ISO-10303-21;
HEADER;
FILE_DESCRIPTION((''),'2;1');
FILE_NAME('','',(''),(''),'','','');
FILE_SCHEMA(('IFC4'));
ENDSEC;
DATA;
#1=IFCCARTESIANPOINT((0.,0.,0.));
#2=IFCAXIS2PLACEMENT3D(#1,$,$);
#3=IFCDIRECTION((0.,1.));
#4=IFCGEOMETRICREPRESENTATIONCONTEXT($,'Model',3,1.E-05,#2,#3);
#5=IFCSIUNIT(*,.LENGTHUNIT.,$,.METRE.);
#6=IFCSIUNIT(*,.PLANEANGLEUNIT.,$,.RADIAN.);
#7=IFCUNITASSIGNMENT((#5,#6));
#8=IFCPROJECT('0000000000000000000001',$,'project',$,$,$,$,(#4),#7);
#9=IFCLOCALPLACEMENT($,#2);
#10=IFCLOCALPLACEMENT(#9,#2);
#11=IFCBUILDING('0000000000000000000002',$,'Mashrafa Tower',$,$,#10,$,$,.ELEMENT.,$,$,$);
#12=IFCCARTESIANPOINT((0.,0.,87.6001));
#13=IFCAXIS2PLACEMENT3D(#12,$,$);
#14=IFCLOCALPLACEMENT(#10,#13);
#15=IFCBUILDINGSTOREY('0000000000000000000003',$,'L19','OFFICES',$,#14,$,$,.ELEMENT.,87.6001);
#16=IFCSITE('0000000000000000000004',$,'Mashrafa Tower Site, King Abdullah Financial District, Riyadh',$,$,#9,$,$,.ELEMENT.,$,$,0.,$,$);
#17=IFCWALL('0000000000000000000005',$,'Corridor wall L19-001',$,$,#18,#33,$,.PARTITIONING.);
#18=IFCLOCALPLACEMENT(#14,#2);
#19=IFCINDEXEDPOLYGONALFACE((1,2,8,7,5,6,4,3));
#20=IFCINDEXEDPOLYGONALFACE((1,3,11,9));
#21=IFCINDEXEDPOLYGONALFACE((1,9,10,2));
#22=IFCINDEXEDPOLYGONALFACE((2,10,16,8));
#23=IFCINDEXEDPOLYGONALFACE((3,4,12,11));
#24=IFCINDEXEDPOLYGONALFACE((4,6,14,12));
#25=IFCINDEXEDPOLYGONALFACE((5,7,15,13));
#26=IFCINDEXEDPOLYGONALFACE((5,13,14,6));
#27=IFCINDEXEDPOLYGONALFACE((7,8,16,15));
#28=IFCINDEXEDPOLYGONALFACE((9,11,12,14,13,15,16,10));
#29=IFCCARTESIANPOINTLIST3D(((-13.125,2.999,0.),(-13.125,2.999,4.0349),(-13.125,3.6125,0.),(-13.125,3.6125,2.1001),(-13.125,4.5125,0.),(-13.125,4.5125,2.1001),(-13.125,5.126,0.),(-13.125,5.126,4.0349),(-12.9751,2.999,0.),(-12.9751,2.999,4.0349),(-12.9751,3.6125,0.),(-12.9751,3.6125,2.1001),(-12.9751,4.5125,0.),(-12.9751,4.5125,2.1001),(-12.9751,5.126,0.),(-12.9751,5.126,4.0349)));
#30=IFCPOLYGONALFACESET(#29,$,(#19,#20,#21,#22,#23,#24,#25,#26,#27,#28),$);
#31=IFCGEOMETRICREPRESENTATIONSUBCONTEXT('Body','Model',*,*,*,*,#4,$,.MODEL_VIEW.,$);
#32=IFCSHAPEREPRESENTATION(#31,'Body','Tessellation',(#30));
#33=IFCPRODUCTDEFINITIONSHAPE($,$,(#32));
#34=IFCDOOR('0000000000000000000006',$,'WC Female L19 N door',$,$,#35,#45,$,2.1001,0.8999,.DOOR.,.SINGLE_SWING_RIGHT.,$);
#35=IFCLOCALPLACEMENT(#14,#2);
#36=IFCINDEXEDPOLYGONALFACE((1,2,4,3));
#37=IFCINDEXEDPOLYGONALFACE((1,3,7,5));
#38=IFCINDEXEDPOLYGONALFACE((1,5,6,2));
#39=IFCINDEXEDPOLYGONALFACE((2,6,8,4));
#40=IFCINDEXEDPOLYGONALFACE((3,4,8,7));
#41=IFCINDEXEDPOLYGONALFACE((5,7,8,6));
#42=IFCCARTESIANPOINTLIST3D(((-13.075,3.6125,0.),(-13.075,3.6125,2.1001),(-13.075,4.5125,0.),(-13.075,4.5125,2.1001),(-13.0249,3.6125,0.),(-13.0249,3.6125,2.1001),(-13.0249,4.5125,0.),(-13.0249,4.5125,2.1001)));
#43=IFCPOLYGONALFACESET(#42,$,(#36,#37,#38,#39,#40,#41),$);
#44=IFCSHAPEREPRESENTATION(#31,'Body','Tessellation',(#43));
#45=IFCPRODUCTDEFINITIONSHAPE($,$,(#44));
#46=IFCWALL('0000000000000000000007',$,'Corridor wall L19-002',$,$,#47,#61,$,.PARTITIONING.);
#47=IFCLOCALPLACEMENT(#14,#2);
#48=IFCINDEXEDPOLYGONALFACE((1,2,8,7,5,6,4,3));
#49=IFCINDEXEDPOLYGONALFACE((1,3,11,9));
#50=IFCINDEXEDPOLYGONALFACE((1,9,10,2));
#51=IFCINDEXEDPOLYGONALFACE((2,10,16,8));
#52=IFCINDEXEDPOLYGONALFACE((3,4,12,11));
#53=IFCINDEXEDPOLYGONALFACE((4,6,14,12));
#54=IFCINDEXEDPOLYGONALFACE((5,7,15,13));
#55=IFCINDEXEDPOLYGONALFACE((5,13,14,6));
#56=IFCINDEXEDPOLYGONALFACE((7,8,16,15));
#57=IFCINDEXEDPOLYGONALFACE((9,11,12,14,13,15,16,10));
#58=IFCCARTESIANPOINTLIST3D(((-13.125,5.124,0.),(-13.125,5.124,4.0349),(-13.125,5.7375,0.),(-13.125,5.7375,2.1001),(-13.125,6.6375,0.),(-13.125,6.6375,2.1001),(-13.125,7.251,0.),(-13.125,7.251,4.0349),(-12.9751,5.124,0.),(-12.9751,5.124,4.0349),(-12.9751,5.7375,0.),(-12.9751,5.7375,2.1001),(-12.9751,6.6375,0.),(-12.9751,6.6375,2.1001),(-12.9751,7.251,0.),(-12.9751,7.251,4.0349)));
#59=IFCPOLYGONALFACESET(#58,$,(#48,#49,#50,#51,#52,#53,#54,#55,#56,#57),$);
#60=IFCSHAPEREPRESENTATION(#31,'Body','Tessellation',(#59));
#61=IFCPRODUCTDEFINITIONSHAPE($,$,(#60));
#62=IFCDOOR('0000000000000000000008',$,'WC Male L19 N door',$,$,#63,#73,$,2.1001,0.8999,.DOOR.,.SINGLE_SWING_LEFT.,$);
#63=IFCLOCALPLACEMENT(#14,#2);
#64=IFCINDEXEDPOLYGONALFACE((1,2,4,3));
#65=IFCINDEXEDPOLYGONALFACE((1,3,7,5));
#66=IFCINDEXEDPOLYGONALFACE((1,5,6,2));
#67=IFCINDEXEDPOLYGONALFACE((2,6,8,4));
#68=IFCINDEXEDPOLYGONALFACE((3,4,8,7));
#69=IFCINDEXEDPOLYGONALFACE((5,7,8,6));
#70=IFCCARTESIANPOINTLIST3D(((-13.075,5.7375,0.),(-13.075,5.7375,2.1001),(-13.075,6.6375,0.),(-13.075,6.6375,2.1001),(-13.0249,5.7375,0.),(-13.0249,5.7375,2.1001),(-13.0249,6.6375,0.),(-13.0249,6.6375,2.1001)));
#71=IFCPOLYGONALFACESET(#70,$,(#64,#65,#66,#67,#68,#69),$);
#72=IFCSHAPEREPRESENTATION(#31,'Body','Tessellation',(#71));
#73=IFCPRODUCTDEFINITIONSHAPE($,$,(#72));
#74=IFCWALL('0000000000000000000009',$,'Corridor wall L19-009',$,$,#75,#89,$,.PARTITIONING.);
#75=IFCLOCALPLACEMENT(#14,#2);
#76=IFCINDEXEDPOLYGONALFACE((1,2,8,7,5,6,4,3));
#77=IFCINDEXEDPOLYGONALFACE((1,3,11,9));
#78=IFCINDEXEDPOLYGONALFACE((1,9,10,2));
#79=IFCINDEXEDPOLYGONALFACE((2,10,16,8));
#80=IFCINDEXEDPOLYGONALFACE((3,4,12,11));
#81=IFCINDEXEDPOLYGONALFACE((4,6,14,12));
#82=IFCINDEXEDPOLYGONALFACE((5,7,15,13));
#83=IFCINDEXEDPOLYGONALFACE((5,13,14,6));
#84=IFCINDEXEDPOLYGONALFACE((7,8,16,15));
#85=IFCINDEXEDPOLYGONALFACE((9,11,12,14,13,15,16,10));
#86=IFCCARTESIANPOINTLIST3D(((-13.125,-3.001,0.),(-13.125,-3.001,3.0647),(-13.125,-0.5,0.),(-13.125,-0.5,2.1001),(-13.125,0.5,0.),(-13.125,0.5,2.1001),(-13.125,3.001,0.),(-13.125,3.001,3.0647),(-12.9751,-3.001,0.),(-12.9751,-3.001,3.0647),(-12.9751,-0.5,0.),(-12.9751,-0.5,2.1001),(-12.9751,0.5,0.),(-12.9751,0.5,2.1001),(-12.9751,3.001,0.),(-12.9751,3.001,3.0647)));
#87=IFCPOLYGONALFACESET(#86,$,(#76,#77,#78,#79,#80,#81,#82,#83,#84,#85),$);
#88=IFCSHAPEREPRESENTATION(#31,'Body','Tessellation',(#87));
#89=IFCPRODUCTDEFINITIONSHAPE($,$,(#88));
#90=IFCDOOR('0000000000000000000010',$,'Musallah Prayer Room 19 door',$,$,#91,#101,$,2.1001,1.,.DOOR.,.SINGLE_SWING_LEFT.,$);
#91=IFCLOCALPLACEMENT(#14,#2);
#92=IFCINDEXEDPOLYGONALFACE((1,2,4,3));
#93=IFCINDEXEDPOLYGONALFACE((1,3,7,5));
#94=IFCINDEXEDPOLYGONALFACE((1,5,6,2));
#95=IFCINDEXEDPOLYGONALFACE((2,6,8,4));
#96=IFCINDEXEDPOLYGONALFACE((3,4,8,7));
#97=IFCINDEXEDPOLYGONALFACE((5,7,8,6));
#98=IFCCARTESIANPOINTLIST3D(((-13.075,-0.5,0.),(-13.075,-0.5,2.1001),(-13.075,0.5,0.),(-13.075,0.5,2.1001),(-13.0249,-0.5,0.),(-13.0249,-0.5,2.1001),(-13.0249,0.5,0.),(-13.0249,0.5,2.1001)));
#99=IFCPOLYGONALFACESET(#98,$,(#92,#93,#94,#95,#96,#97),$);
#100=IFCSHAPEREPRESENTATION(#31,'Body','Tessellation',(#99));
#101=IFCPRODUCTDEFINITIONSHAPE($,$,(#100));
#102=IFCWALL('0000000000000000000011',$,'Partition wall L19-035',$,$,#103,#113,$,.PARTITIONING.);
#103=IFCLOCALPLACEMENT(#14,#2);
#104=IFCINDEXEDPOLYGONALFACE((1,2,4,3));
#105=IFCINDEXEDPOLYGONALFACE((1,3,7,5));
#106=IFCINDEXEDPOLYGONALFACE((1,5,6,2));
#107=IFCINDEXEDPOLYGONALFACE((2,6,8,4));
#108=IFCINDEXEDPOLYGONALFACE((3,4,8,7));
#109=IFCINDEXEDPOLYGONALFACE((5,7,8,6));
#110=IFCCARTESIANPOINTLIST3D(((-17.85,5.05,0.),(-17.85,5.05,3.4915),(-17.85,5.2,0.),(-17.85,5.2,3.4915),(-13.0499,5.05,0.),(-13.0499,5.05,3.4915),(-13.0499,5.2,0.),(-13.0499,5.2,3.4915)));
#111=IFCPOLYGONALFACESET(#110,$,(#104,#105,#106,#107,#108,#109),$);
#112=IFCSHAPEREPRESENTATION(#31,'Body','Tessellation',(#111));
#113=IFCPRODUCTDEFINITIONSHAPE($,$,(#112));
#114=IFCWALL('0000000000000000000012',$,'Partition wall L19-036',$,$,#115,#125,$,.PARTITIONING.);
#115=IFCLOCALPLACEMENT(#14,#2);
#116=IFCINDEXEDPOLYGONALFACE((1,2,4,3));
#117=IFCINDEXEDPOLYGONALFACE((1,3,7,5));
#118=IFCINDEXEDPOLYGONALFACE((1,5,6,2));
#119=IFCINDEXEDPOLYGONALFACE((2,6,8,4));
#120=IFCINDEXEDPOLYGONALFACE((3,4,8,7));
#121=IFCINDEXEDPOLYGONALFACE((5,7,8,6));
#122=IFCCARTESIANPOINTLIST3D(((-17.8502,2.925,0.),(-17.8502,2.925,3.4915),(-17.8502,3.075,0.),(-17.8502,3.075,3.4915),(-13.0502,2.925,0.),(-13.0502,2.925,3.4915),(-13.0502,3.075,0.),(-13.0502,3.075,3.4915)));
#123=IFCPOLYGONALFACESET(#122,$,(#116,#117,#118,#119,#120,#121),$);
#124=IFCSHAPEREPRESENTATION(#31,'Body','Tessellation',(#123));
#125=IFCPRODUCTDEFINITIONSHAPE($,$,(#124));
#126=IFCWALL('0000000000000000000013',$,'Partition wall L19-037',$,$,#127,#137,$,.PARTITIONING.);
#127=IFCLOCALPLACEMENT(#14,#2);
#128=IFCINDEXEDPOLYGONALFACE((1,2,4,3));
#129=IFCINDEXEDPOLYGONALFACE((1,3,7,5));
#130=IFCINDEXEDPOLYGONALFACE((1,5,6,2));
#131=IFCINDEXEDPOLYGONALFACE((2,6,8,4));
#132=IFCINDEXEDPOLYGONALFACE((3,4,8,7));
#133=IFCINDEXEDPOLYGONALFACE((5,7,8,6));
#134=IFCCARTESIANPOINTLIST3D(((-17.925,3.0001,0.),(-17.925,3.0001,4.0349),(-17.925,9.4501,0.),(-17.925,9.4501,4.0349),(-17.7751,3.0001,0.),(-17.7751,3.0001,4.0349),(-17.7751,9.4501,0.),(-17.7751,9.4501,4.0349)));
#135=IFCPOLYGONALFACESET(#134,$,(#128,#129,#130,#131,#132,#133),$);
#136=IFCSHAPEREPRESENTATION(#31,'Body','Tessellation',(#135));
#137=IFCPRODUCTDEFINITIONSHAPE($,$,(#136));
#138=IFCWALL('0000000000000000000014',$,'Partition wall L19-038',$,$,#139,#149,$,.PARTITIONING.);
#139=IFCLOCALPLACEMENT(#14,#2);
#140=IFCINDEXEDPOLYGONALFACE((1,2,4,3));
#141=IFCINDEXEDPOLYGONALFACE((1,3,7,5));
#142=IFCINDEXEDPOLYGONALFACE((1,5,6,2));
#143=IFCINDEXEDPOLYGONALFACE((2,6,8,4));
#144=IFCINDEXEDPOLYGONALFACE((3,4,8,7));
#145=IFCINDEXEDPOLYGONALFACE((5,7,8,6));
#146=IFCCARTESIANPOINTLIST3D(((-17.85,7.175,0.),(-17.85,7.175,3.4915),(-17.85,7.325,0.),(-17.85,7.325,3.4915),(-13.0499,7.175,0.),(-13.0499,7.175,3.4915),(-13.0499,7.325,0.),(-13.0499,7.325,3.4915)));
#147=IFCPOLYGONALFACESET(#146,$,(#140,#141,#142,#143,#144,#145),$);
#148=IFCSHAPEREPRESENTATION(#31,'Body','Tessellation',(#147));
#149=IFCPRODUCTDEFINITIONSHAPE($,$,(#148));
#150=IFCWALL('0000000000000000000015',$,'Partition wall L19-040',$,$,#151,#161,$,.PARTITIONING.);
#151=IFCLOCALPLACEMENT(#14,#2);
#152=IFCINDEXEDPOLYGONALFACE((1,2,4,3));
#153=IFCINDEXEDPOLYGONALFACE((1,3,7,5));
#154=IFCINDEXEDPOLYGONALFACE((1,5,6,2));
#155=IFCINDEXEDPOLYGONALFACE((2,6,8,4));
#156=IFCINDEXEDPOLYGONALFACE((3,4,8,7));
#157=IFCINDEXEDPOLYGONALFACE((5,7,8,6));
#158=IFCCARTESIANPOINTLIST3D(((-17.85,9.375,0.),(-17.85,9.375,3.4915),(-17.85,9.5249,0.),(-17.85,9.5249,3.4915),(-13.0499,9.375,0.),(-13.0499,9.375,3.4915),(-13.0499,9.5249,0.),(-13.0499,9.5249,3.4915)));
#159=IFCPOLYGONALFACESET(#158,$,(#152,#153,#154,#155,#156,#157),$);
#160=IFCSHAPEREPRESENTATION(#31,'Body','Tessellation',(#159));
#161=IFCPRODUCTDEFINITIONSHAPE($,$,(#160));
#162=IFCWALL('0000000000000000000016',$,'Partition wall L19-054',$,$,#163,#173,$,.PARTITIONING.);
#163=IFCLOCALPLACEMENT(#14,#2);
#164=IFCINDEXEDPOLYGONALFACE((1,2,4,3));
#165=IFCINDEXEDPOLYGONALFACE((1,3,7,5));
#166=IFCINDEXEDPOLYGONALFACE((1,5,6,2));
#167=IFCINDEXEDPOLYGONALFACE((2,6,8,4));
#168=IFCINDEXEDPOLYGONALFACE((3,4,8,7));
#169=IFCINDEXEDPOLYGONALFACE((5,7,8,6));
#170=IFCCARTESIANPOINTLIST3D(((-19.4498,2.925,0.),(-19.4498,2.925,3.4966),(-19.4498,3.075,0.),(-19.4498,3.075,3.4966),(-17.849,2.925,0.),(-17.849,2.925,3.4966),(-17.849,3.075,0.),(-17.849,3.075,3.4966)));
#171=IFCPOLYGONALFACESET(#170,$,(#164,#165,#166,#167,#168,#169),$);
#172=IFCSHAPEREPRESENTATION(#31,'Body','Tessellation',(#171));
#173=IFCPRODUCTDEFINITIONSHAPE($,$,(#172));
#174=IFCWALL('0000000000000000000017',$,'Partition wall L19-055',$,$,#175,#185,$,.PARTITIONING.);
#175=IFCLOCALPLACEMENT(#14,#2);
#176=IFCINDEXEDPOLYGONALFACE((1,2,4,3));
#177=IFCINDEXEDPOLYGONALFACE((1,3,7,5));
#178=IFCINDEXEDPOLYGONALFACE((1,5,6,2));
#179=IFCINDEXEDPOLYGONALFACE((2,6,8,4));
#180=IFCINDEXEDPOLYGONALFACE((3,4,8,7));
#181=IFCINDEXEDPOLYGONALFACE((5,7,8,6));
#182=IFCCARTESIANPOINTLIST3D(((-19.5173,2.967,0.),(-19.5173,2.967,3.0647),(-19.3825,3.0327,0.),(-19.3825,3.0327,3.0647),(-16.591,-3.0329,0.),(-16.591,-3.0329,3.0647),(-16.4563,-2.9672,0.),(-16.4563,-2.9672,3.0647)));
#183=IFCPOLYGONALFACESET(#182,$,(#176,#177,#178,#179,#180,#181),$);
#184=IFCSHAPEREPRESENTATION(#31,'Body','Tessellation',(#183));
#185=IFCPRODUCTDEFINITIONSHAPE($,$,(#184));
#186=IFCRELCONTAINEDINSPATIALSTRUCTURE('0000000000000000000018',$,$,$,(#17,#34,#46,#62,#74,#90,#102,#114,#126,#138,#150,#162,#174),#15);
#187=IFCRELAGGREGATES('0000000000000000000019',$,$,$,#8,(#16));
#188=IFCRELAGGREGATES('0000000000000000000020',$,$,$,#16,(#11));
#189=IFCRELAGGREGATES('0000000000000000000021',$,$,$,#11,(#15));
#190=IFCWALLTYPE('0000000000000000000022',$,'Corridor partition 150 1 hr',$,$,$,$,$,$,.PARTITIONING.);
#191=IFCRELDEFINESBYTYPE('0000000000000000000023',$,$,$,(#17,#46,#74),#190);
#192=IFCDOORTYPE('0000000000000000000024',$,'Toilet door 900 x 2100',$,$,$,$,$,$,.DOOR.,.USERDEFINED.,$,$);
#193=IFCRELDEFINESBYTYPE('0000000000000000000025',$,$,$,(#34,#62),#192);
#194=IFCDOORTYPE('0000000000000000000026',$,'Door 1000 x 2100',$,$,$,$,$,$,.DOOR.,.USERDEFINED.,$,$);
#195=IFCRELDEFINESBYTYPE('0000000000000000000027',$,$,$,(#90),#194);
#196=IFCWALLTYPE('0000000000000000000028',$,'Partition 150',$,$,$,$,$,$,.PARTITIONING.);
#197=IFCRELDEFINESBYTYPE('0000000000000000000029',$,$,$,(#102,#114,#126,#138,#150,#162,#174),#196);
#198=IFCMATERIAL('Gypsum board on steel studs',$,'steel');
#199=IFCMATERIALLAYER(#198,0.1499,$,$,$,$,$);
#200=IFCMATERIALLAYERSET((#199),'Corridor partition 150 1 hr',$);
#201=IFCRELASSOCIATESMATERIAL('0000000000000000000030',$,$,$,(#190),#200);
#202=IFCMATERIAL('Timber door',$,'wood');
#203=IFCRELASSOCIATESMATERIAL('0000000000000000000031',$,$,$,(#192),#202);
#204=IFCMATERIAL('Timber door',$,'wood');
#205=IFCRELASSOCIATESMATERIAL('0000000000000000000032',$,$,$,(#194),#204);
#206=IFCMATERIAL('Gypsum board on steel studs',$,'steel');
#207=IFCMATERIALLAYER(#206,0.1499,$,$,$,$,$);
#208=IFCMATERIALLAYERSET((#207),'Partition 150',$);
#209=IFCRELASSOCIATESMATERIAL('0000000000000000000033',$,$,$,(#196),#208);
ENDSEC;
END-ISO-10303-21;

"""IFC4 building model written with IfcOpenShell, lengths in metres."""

from ifc_helpers import new_model, si_unit, direction, frame, frame_2d, origin, place, context, subcontext, project, spatial, rectangle, extrude, material, layer, layer_set, type_object, element, fill, save


model = new_model("IFC4")

# Units and contexts
model_context = context("Model", 3, precision=1e-05, world=origin(), true_north=direction((0.0, 1.0)))
body_context = subcontext(model_context, "Body", "Model", "MODEL_VIEW")
ifc_project = project(units=[si_unit("LENGTHUNIT", "METRE"), si_unit("PLANEANGLEUNIT", "RADIAN")], contexts=[model_context])

# Site, building, storey
site_placement = place(None, origin())
site = spatial("IfcSite", under=ifc_project, at=site_placement, Name="Mashrafa Tower Site, King Abdullah Financial District, Riyadh", CompositionType="ELEMENT", RefElevation=0.0)
building_placement = place(site_placement, origin())
building = spatial("IfcBuilding", under=site, at=building_placement, Name="Mashrafa Tower", CompositionType="ELEMENT")
storey_placement = place(building_placement, frame((0.0, 0.0, 87.6001)))
storey = spatial("IfcBuildingStorey", under=building, at=storey_placement, Name="L19", Description="OFFICES", CompositionType="ELEMENT", Elevation=87.6001)

# Walls, openings, doors
ifc_material_1 = material(Name="Gypsum board on steel studs", Category="steel")
ifc_layer_1 = layer(ifc_material_1, 0.1499)
ifc_layer_set_1 = layer_set([ifc_layer_1], Name="Corridor partition 150 1 hr")
wall_type_1 = type_object("IfcWallType", Name="Corridor partition 150 1 hr", PredefinedType="PARTITIONING", material=ifc_layer_set_1)
wall_1_placement = place(storey_placement, frame((-13.05, 5.126, 0.0), z_axis=(0.0, 0.0, 1.0), x_axis=(0.0, -1.0, 0.0)))
wall_1 = element("IfcWall", 1, at=wall_1_placement, inside=storey, type_object=wall_type_1, Name="Corridor wall L19-001", PredefinedType="PARTITIONING", context=body_context, shape_type="SweptSolid", body=[
    extrude(rectangle(XDim=2.127, YDim=0.1499, at=frame_2d((1.0635, 0.0))), origin(), (0.0, 0.0, 1.0), 4.0349),
])
opening_1_placement = place(wall_1_placement, frame((0.6135, 0.0, 0.0)))
opening_1 = element("IfcOpeningElement", 2, at=opening_1_placement, cuts=wall_1, PredefinedType="OPENING", context=body_context, shape_type="SweptSolid", body=[
    extrude(rectangle(XDim=0.8999, YDim=2.1001, at=frame_2d((0.45, 1.05))), frame((0.0, 0.085, 0.0), z_axis=(0.0, -1.0, 0.0), x_axis=(1.0, 0.0, 0.0)), (0.0, 0.0, 1.0), 0.1699),
])
ifc_material_2 = material(Name="Timber door", Category="wood")
door_type_1 = type_object("IfcDoorType", Name="Toilet door 900 x 2100", OperationType="USERDEFINED", PredefinedType="DOOR", material=ifc_material_2)
door_1_placement = place(opening_1_placement, frame((0.8999, 0.0, 0.0), z_axis=(0.0, 0.0, 1.0), x_axis=(-1.0, 0.0, 0.0)))
door_1 = element("IfcDoor", 3, at=door_1_placement, inside=storey, type_object=door_type_1, Name="WC Female L19 N door", OperationType="SINGLE_SWING_RIGHT", OverallHeight=2.1001, OverallWidth=0.8999, PredefinedType="DOOR", context=body_context, shape_type="SweptSolid", body=[
    extrude(rectangle(XDim=0.8999, YDim=2.1001, at=frame_2d((0.45, 1.05))), frame((0.0, 0.0249, 0.0), z_axis=(0.0, -1.0, 0.0), x_axis=(1.0, 0.0, 0.0)), (0.0, 0.0, 1.0), 0.05),
])
fill(opening_1, door_1)
wall_2_placement = place(storey_placement, frame((-13.05, 7.251, 0.0), z_axis=(0.0, 0.0, 1.0), x_axis=(0.0, -1.0, 0.0)))
wall_2 = element("IfcWall", 4, at=wall_2_placement, inside=storey, type_object=wall_type_1, Name="Corridor wall L19-002", PredefinedType="PARTITIONING", context=body_context, shape_type="SweptSolid", body=[
    extrude(rectangle(XDim=2.127, YDim=0.1499, at=frame_2d((1.0635, 0.0))), origin(), (0.0, 0.0, 1.0), 4.0349),
])
opening_2_placement = place(wall_2_placement, frame((0.6135, 0.0, 0.0)))
opening_2 = element("IfcOpeningElement", 5, at=opening_2_placement, cuts=wall_2, PredefinedType="OPENING", context=body_context, shape_type="SweptSolid", body=[
    extrude(rectangle(XDim=0.8999, YDim=2.1001, at=frame_2d((0.45, 1.05))), frame((0.0, 0.085, 0.0), z_axis=(0.0, -1.0, 0.0), x_axis=(1.0, 0.0, 0.0)), (0.0, 0.0, 1.0), 0.1699),
])
door_2_placement = place(opening_2_placement, frame((0.8999, 0.0, 0.0), z_axis=(0.0, 0.0, 1.0), x_axis=(-1.0, 0.0, 0.0)))
door_2 = element("IfcDoor", 6, at=door_2_placement, inside=storey, type_object=door_type_1, Name="WC Male L19 N door", OperationType="SINGLE_SWING_LEFT", OverallHeight=2.1001, OverallWidth=0.8999, PredefinedType="DOOR", context=body_context, shape_type="SweptSolid", body=[
    extrude(rectangle(XDim=0.8999, YDim=2.1001, at=frame_2d((0.45, 1.05))), frame((0.0, 0.0249, 0.0), z_axis=(0.0, -1.0, 0.0), x_axis=(1.0, 0.0, 0.0)), (0.0, 0.0, 1.0), 0.05),
])
fill(opening_2, door_2)
wall_3_placement = place(storey_placement, frame((-13.05, 3.001, 0.0), z_axis=(0.0, 0.0, 1.0), x_axis=(0.0, -1.0, 0.0)))
wall_3 = element("IfcWall", 7, at=wall_3_placement, inside=storey, type_object=wall_type_1, Name="Corridor wall L19-009", PredefinedType="PARTITIONING", context=body_context, shape_type="SweptSolid", body=[
    extrude(rectangle(XDim=6.002, YDim=0.1499, at=frame_2d((3.001, 0.0))), origin(), (0.0, 0.0, 1.0), 3.0647),
])
opening_3_placement = place(wall_3_placement, frame((2.501, 0.0, 0.0)))
opening_3 = element("IfcOpeningElement", 8, at=opening_3_placement, cuts=wall_3, PredefinedType="OPENING", context=body_context, shape_type="SweptSolid", body=[
    extrude(rectangle(XDim=1.0, YDim=2.1001, at=frame_2d((0.5, 1.05))), frame((0.0, 0.085, 0.0), z_axis=(0.0, -1.0, 0.0), x_axis=(1.0, 0.0, 0.0)), (0.0, 0.0, 1.0), 0.1699),
])
ifc_material_3 = material(Name="Timber door", Category="wood")
door_type_2 = type_object("IfcDoorType", Name="Door 1000 x 2100", OperationType="USERDEFINED", PredefinedType="DOOR", material=ifc_material_3)
door_3_placement = place(opening_3_placement, frame((1.0, 0.0, 0.0), z_axis=(0.0, 0.0, 1.0), x_axis=(-1.0, 0.0, 0.0)))
door_3 = element("IfcDoor", 9, at=door_3_placement, inside=storey, type_object=door_type_2, Name="Musallah Prayer Room 19 door", OperationType="SINGLE_SWING_LEFT", OverallHeight=2.1001, OverallWidth=1.0, PredefinedType="DOOR", context=body_context, shape_type="SweptSolid", body=[
    extrude(rectangle(XDim=1.0, YDim=2.1001, at=frame_2d((0.5, 1.05))), frame((0.0, 0.0249, 0.0), z_axis=(0.0, -1.0, 0.0), x_axis=(1.0, 0.0, 0.0)), (0.0, 0.0, 1.0), 0.05),
])
fill(opening_3, door_3)

# Walls
ifc_material_4 = material(Name="Gypsum board on steel studs", Category="steel")
ifc_layer_2 = layer(ifc_material_4, 0.1499)
ifc_layer_set_2 = layer_set([ifc_layer_2], Name="Partition 150")
wall_type_2 = type_object("IfcWallType", Name="Partition 150", PredefinedType="PARTITIONING", material=ifc_layer_set_2)
for number, where, z_axis, x_axis, name in (
    (10, (-13.05, 5.125, 0.0), (0.0, 0.0, 1.0), (-1.0, 0.0, 0.0), "Partition wall L19-035"),
    (11, (-17.8501, 3.0, 0.0), (0.0, 0.0, 1.0), (1.0, 0.0, 0.0), "Partition wall L19-036"),
):
    element("IfcWall", number, at=place(storey_placement, frame(where, z_axis=z_axis, x_axis=x_axis)), inside=storey, type_object=wall_type_2, Name=name, PredefinedType="PARTITIONING", context=body_context, shape_type="SweptSolid", body=[
        extrude(rectangle(XDim=4.8, YDim=0.1499, at=frame_2d((2.3999, 0.0))), origin(), (0.0, 0.0, 1.0), 3.4915),
    ])
wall_4_placement = place(storey_placement, frame((-17.8501, 3.0, 0.0), z_axis=(0.0, 0.0, 1.0), x_axis=(0.0, 1.0, 0.0)))
element("IfcWall", 12, at=wall_4_placement, inside=storey, type_object=wall_type_2, Name="Partition wall L19-037", PredefinedType="PARTITIONING", context=body_context, shape_type="SweptSolid", body=[
    extrude(rectangle(XDim=6.45, YDim=0.1499, at=frame_2d((3.2251, 0.0))), origin(), (0.0, 0.0, 1.0), 4.0349),
])
for number, where, z_axis, x_axis, name in (
    (13, (-13.05, 7.25, 0.0), (0.0, 0.0, 1.0), (-1.0, 0.0, 0.0), "Partition wall L19-038"),
    (14, (-13.05, 9.45, 0.0), (0.0, 0.0, 1.0), (-1.0, 0.0, 0.0), "Partition wall L19-040"),
):
    element("IfcWall", number, at=place(storey_placement, frame(where, z_axis=z_axis, x_axis=x_axis)), inside=storey, type_object=wall_type_2, Name=name, PredefinedType="PARTITIONING", context=body_context, shape_type="SweptSolid", body=[
        extrude(rectangle(XDim=4.8, YDim=0.1499, at=frame_2d((2.3999, 0.0))), origin(), (0.0, 0.0, 1.0), 3.4915),
    ])
wall_5_placement = place(storey_placement, frame((-17.8491, 3.0, 0.0), z_axis=(0.0, 0.0, 1.0), x_axis=(-1.0, 0.0, 0.0)))
element("IfcWall", 15, at=wall_5_placement, inside=storey, type_object=wall_type_2, Name="Partition wall L19-054", PredefinedType="PARTITIONING", context=body_context, shape_type="SweptSolid", body=[
    extrude(rectangle(XDim=1.6008, YDim=0.1499, at=frame_2d((0.8003, 0.0))), origin(), (0.0, 0.0, 1.0), 3.4966),
])
wall_6_placement = place(storey_placement, frame((-19.45, 3.0, 0.0), z_axis=(0.0, 0.0, 1.0), x_axis=(0.438356, -0.898801, 0.0)))
element("IfcWall", 16, at=wall_6_placement, inside=storey, type_object=wall_type_2, Name="Partition wall L19-055", PredefinedType="PARTITIONING", context=body_context, shape_type="SweptSolid", body=[
    extrude(rectangle(XDim=6.6755, YDim=0.1499, at=frame_2d((3.3379, 0.0))), origin(), (0.0, 0.0, 1.0), 3.0647),
])

save(model, "model.ifc")
